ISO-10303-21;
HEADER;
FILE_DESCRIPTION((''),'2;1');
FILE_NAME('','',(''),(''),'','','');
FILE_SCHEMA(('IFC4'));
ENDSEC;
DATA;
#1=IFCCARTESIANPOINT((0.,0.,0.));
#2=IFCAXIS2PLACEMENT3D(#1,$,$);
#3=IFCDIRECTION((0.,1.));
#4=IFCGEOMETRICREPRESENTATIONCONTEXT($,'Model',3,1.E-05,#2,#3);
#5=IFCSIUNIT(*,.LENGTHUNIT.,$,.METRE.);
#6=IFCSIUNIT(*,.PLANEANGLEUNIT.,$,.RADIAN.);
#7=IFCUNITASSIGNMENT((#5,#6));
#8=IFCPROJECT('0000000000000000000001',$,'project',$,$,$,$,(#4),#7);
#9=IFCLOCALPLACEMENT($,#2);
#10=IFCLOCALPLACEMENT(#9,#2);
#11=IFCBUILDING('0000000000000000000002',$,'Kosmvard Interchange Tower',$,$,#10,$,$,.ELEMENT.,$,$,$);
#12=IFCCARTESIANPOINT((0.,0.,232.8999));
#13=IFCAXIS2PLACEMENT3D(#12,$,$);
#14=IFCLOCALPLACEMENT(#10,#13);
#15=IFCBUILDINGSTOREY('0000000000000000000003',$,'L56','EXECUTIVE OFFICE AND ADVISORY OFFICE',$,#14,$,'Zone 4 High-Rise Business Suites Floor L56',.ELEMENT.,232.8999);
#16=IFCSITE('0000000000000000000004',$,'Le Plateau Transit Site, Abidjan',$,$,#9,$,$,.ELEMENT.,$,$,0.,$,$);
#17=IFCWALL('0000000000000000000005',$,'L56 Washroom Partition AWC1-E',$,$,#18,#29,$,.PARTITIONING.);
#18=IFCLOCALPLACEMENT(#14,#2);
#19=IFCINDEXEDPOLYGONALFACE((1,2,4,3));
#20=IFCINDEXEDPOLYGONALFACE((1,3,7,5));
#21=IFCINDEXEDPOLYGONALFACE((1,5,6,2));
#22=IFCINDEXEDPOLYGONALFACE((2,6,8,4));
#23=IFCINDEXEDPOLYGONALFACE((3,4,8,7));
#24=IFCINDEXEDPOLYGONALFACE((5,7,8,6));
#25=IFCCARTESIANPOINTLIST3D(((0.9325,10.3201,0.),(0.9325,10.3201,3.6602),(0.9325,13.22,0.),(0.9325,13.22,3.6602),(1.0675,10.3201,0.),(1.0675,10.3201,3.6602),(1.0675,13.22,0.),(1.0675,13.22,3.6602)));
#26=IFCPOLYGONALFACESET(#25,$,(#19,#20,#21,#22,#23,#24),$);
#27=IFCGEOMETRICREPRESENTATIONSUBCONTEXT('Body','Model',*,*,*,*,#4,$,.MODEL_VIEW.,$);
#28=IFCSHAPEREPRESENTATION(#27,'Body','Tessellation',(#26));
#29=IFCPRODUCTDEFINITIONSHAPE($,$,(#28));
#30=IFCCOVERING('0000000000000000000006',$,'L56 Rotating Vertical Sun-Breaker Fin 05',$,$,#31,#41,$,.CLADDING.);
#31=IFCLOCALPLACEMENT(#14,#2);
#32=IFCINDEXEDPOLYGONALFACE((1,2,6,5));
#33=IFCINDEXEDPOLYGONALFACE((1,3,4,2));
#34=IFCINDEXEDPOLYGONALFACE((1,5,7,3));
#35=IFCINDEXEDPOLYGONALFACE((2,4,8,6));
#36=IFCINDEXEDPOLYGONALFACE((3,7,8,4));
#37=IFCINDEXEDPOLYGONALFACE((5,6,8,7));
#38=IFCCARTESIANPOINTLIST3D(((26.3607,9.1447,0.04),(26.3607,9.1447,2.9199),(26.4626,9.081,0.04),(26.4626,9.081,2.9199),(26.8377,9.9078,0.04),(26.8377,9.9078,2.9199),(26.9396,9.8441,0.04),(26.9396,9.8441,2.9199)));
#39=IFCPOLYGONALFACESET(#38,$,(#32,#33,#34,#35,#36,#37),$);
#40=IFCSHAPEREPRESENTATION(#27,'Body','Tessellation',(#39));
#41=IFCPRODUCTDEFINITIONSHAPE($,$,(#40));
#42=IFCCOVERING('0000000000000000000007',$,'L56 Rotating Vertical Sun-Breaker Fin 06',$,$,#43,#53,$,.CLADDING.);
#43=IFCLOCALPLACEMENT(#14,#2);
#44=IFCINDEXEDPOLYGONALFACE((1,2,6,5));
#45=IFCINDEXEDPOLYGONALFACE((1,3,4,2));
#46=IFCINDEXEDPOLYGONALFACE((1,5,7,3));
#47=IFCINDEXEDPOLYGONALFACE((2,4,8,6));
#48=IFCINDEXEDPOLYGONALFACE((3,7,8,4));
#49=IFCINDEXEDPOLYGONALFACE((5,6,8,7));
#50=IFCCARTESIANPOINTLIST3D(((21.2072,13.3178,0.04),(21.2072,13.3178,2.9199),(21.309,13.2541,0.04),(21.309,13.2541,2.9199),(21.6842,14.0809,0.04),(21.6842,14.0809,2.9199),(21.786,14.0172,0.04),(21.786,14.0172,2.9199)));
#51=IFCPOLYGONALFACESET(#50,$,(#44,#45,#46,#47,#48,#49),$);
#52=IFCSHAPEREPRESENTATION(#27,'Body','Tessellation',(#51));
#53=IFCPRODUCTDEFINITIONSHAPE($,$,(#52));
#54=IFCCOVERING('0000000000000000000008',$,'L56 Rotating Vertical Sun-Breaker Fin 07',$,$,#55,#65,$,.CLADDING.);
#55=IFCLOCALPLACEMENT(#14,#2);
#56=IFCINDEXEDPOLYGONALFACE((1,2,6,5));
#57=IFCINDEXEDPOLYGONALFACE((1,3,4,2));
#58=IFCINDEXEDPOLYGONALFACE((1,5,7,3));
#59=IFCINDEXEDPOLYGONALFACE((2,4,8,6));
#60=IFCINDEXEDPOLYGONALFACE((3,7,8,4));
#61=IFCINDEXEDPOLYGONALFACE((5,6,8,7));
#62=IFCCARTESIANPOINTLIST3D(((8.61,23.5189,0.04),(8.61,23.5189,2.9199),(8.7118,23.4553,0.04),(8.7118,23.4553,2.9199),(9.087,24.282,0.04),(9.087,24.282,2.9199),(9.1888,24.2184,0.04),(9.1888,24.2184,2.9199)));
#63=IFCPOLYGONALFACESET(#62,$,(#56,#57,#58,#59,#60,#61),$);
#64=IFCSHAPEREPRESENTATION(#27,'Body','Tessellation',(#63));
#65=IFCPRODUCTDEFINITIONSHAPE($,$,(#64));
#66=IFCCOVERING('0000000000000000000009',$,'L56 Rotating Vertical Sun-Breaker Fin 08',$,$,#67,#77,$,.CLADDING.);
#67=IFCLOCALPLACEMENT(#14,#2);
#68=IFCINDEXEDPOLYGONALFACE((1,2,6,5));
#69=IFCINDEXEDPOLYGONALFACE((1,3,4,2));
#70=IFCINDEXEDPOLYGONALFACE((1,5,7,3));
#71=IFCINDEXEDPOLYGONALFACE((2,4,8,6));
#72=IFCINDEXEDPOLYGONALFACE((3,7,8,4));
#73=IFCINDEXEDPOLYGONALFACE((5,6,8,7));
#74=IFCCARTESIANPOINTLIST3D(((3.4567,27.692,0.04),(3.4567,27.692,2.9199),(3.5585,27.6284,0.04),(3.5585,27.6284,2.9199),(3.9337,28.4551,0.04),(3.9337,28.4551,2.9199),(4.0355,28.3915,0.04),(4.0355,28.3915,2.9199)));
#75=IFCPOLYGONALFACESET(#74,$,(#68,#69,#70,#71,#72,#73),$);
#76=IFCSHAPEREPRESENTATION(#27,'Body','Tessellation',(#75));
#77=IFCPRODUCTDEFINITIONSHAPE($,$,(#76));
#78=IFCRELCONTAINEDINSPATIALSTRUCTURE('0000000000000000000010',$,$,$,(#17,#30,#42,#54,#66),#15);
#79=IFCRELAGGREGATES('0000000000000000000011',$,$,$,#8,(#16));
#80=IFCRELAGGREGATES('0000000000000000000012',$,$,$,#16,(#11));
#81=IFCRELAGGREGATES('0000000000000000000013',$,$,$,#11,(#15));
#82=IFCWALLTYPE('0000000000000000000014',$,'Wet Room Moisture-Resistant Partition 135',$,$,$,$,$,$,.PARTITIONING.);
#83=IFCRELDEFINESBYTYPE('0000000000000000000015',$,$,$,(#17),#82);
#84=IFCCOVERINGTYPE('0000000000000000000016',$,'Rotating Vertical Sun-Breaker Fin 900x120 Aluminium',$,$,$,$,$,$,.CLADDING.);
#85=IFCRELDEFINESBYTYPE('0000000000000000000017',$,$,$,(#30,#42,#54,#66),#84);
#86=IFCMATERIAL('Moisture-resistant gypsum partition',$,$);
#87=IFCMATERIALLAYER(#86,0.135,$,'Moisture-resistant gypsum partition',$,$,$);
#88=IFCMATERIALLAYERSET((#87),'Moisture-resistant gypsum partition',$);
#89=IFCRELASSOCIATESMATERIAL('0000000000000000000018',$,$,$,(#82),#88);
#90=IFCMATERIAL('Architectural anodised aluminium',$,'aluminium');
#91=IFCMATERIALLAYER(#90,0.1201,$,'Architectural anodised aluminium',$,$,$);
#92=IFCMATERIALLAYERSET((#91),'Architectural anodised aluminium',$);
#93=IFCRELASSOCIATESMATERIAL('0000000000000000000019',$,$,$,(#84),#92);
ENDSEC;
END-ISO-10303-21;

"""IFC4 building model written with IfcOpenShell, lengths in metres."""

from ifc_helpers import new_model, si_unit, direction, frame, frame_2d, origin, origin_2d, place, context, subcontext, project, spatial, rectangle, extrude, source, transform, mapped, material, layer, layer_set, type_object, element, save


model = new_model("IFC4")

# Units and contexts
model_context = context("Model", 3, precision=1e-05, world=origin(), true_north=direction((0.0, 1.0)))
body_context = subcontext(model_context, "Body", "Model", "MODEL_VIEW")
ifc_project = project(units=[si_unit("LENGTHUNIT", "METRE"), si_unit("PLANEANGLEUNIT", "RADIAN")], contexts=[model_context])

# Site, building, storey
site_placement = place(None, origin())
site = spatial("IfcSite", under=ifc_project, at=site_placement, Name="Le Plateau Transit Site, Abidjan", CompositionType="ELEMENT", RefElevation=0.0)
building_placement = place(site_placement, origin())
building = spatial("IfcBuilding", under=site, at=building_placement, Name="Kosmvard Interchange Tower", CompositionType="ELEMENT")
storey_placement = place(building_placement, frame((0.0, 0.0, 232.8999)))
storey = spatial("IfcBuildingStorey", under=building, at=storey_placement, Name="L56", Description="EXECUTIVE OFFICE AND ADVISORY OFFICE", LongName="Zone 4 High-Rise Business Suites Floor L56", CompositionType="ELEMENT", Elevation=232.8999)

# Wall
ifc_material_1 = material(Name="Moisture-resistant gypsum partition")
ifc_layer_1 = layer(ifc_material_1, 0.135, Name="Moisture-resistant gypsum partition")
ifc_layer_set_1 = layer_set([ifc_layer_1], Name="Moisture-resistant gypsum partition")
wall_type_1 = type_object("IfcWallType", Name="Wet Room Moisture-Resistant Partition 135", PredefinedType="PARTITIONING", material=ifc_layer_set_1)
wall_1_placement = place(storey_placement, frame((1.0, 10.3201, 0.0), z_axis=(0.0, 0.0, 1.0), x_axis=(0.0, 1.0, 0.0)))
element("IfcWall", 1, at=wall_1_placement, inside=storey, type_object=wall_type_1, Name="L56 Washroom Partition AWC1-E", PredefinedType="PARTITIONING", context=body_context, shape_type="SweptSolid", body=[
    extrude(rectangle(XDim=2.8999, YDim=0.135, at=frame_2d((1.45, 0.0))), origin(), (0.0, 0.0, 1.0), 3.6602),
])

# Coverings
ifc_material_2 = material(Name="Architectural anodised aluminium", Category="aluminium")
ifc_layer_2 = layer(ifc_material_2, 0.1201, Name="Architectural anodised aluminium")
ifc_layer_set_2 = layer_set([ifc_layer_2], Name="Architectural anodised aluminium")
covering_type = type_object("IfcCoveringType", Name="Rotating Vertical Sun-Breaker Fin 900x120 Aluminium", PredefinedType="CLADDING", material=ifc_layer_set_2)
shared_shape_1 = source(origin(), body_context, "Body", "SweptSolid", [
    extrude(rectangle(XDim=0.8999, YDim=0.1201, at=origin_2d()), origin(), (0.0, 0.0, 1.0), 2.8799),
])
for number, where, z_axis, x_axis, name in (
    (2, (26.6501, 9.4944, 0.04), (0.0, 0.0, 1.0), (0.530067, 0.847956, 0.0), "L56 Rotating Vertical Sun-Breaker Fin 05"),
    (3, (21.4966, 13.6675, 0.04), (0.0, 0.0, 1.0), (0.530067, 0.847956, 0.0), "L56 Rotating Vertical Sun-Breaker Fin 06"),
    (4, (8.8994, 23.8687, 0.04), (0.0, 0.0, 1.0), (0.530067, 0.847956, 0.0), "L56 Rotating Vertical Sun-Breaker Fin 07"),
    (5, (3.7461, 28.0417, 0.04), (0.0, 0.0, 1.0), (0.530067, 0.847956, 0.0), "L56 Rotating Vertical Sun-Breaker Fin 08"),
):
    element("IfcCovering", number, at=place(storey_placement, frame(where, z_axis=z_axis, x_axis=x_axis)), inside=storey, type_object=covering_type, Name=name, PredefinedType="CLADDING", context=body_context, shape_type="MappedRepresentation", body=[
        mapped(shared_shape_1, transform((0.0, 0.0, 0.0), scale=1.0)),
    ])

save(model, "model.ifc")
